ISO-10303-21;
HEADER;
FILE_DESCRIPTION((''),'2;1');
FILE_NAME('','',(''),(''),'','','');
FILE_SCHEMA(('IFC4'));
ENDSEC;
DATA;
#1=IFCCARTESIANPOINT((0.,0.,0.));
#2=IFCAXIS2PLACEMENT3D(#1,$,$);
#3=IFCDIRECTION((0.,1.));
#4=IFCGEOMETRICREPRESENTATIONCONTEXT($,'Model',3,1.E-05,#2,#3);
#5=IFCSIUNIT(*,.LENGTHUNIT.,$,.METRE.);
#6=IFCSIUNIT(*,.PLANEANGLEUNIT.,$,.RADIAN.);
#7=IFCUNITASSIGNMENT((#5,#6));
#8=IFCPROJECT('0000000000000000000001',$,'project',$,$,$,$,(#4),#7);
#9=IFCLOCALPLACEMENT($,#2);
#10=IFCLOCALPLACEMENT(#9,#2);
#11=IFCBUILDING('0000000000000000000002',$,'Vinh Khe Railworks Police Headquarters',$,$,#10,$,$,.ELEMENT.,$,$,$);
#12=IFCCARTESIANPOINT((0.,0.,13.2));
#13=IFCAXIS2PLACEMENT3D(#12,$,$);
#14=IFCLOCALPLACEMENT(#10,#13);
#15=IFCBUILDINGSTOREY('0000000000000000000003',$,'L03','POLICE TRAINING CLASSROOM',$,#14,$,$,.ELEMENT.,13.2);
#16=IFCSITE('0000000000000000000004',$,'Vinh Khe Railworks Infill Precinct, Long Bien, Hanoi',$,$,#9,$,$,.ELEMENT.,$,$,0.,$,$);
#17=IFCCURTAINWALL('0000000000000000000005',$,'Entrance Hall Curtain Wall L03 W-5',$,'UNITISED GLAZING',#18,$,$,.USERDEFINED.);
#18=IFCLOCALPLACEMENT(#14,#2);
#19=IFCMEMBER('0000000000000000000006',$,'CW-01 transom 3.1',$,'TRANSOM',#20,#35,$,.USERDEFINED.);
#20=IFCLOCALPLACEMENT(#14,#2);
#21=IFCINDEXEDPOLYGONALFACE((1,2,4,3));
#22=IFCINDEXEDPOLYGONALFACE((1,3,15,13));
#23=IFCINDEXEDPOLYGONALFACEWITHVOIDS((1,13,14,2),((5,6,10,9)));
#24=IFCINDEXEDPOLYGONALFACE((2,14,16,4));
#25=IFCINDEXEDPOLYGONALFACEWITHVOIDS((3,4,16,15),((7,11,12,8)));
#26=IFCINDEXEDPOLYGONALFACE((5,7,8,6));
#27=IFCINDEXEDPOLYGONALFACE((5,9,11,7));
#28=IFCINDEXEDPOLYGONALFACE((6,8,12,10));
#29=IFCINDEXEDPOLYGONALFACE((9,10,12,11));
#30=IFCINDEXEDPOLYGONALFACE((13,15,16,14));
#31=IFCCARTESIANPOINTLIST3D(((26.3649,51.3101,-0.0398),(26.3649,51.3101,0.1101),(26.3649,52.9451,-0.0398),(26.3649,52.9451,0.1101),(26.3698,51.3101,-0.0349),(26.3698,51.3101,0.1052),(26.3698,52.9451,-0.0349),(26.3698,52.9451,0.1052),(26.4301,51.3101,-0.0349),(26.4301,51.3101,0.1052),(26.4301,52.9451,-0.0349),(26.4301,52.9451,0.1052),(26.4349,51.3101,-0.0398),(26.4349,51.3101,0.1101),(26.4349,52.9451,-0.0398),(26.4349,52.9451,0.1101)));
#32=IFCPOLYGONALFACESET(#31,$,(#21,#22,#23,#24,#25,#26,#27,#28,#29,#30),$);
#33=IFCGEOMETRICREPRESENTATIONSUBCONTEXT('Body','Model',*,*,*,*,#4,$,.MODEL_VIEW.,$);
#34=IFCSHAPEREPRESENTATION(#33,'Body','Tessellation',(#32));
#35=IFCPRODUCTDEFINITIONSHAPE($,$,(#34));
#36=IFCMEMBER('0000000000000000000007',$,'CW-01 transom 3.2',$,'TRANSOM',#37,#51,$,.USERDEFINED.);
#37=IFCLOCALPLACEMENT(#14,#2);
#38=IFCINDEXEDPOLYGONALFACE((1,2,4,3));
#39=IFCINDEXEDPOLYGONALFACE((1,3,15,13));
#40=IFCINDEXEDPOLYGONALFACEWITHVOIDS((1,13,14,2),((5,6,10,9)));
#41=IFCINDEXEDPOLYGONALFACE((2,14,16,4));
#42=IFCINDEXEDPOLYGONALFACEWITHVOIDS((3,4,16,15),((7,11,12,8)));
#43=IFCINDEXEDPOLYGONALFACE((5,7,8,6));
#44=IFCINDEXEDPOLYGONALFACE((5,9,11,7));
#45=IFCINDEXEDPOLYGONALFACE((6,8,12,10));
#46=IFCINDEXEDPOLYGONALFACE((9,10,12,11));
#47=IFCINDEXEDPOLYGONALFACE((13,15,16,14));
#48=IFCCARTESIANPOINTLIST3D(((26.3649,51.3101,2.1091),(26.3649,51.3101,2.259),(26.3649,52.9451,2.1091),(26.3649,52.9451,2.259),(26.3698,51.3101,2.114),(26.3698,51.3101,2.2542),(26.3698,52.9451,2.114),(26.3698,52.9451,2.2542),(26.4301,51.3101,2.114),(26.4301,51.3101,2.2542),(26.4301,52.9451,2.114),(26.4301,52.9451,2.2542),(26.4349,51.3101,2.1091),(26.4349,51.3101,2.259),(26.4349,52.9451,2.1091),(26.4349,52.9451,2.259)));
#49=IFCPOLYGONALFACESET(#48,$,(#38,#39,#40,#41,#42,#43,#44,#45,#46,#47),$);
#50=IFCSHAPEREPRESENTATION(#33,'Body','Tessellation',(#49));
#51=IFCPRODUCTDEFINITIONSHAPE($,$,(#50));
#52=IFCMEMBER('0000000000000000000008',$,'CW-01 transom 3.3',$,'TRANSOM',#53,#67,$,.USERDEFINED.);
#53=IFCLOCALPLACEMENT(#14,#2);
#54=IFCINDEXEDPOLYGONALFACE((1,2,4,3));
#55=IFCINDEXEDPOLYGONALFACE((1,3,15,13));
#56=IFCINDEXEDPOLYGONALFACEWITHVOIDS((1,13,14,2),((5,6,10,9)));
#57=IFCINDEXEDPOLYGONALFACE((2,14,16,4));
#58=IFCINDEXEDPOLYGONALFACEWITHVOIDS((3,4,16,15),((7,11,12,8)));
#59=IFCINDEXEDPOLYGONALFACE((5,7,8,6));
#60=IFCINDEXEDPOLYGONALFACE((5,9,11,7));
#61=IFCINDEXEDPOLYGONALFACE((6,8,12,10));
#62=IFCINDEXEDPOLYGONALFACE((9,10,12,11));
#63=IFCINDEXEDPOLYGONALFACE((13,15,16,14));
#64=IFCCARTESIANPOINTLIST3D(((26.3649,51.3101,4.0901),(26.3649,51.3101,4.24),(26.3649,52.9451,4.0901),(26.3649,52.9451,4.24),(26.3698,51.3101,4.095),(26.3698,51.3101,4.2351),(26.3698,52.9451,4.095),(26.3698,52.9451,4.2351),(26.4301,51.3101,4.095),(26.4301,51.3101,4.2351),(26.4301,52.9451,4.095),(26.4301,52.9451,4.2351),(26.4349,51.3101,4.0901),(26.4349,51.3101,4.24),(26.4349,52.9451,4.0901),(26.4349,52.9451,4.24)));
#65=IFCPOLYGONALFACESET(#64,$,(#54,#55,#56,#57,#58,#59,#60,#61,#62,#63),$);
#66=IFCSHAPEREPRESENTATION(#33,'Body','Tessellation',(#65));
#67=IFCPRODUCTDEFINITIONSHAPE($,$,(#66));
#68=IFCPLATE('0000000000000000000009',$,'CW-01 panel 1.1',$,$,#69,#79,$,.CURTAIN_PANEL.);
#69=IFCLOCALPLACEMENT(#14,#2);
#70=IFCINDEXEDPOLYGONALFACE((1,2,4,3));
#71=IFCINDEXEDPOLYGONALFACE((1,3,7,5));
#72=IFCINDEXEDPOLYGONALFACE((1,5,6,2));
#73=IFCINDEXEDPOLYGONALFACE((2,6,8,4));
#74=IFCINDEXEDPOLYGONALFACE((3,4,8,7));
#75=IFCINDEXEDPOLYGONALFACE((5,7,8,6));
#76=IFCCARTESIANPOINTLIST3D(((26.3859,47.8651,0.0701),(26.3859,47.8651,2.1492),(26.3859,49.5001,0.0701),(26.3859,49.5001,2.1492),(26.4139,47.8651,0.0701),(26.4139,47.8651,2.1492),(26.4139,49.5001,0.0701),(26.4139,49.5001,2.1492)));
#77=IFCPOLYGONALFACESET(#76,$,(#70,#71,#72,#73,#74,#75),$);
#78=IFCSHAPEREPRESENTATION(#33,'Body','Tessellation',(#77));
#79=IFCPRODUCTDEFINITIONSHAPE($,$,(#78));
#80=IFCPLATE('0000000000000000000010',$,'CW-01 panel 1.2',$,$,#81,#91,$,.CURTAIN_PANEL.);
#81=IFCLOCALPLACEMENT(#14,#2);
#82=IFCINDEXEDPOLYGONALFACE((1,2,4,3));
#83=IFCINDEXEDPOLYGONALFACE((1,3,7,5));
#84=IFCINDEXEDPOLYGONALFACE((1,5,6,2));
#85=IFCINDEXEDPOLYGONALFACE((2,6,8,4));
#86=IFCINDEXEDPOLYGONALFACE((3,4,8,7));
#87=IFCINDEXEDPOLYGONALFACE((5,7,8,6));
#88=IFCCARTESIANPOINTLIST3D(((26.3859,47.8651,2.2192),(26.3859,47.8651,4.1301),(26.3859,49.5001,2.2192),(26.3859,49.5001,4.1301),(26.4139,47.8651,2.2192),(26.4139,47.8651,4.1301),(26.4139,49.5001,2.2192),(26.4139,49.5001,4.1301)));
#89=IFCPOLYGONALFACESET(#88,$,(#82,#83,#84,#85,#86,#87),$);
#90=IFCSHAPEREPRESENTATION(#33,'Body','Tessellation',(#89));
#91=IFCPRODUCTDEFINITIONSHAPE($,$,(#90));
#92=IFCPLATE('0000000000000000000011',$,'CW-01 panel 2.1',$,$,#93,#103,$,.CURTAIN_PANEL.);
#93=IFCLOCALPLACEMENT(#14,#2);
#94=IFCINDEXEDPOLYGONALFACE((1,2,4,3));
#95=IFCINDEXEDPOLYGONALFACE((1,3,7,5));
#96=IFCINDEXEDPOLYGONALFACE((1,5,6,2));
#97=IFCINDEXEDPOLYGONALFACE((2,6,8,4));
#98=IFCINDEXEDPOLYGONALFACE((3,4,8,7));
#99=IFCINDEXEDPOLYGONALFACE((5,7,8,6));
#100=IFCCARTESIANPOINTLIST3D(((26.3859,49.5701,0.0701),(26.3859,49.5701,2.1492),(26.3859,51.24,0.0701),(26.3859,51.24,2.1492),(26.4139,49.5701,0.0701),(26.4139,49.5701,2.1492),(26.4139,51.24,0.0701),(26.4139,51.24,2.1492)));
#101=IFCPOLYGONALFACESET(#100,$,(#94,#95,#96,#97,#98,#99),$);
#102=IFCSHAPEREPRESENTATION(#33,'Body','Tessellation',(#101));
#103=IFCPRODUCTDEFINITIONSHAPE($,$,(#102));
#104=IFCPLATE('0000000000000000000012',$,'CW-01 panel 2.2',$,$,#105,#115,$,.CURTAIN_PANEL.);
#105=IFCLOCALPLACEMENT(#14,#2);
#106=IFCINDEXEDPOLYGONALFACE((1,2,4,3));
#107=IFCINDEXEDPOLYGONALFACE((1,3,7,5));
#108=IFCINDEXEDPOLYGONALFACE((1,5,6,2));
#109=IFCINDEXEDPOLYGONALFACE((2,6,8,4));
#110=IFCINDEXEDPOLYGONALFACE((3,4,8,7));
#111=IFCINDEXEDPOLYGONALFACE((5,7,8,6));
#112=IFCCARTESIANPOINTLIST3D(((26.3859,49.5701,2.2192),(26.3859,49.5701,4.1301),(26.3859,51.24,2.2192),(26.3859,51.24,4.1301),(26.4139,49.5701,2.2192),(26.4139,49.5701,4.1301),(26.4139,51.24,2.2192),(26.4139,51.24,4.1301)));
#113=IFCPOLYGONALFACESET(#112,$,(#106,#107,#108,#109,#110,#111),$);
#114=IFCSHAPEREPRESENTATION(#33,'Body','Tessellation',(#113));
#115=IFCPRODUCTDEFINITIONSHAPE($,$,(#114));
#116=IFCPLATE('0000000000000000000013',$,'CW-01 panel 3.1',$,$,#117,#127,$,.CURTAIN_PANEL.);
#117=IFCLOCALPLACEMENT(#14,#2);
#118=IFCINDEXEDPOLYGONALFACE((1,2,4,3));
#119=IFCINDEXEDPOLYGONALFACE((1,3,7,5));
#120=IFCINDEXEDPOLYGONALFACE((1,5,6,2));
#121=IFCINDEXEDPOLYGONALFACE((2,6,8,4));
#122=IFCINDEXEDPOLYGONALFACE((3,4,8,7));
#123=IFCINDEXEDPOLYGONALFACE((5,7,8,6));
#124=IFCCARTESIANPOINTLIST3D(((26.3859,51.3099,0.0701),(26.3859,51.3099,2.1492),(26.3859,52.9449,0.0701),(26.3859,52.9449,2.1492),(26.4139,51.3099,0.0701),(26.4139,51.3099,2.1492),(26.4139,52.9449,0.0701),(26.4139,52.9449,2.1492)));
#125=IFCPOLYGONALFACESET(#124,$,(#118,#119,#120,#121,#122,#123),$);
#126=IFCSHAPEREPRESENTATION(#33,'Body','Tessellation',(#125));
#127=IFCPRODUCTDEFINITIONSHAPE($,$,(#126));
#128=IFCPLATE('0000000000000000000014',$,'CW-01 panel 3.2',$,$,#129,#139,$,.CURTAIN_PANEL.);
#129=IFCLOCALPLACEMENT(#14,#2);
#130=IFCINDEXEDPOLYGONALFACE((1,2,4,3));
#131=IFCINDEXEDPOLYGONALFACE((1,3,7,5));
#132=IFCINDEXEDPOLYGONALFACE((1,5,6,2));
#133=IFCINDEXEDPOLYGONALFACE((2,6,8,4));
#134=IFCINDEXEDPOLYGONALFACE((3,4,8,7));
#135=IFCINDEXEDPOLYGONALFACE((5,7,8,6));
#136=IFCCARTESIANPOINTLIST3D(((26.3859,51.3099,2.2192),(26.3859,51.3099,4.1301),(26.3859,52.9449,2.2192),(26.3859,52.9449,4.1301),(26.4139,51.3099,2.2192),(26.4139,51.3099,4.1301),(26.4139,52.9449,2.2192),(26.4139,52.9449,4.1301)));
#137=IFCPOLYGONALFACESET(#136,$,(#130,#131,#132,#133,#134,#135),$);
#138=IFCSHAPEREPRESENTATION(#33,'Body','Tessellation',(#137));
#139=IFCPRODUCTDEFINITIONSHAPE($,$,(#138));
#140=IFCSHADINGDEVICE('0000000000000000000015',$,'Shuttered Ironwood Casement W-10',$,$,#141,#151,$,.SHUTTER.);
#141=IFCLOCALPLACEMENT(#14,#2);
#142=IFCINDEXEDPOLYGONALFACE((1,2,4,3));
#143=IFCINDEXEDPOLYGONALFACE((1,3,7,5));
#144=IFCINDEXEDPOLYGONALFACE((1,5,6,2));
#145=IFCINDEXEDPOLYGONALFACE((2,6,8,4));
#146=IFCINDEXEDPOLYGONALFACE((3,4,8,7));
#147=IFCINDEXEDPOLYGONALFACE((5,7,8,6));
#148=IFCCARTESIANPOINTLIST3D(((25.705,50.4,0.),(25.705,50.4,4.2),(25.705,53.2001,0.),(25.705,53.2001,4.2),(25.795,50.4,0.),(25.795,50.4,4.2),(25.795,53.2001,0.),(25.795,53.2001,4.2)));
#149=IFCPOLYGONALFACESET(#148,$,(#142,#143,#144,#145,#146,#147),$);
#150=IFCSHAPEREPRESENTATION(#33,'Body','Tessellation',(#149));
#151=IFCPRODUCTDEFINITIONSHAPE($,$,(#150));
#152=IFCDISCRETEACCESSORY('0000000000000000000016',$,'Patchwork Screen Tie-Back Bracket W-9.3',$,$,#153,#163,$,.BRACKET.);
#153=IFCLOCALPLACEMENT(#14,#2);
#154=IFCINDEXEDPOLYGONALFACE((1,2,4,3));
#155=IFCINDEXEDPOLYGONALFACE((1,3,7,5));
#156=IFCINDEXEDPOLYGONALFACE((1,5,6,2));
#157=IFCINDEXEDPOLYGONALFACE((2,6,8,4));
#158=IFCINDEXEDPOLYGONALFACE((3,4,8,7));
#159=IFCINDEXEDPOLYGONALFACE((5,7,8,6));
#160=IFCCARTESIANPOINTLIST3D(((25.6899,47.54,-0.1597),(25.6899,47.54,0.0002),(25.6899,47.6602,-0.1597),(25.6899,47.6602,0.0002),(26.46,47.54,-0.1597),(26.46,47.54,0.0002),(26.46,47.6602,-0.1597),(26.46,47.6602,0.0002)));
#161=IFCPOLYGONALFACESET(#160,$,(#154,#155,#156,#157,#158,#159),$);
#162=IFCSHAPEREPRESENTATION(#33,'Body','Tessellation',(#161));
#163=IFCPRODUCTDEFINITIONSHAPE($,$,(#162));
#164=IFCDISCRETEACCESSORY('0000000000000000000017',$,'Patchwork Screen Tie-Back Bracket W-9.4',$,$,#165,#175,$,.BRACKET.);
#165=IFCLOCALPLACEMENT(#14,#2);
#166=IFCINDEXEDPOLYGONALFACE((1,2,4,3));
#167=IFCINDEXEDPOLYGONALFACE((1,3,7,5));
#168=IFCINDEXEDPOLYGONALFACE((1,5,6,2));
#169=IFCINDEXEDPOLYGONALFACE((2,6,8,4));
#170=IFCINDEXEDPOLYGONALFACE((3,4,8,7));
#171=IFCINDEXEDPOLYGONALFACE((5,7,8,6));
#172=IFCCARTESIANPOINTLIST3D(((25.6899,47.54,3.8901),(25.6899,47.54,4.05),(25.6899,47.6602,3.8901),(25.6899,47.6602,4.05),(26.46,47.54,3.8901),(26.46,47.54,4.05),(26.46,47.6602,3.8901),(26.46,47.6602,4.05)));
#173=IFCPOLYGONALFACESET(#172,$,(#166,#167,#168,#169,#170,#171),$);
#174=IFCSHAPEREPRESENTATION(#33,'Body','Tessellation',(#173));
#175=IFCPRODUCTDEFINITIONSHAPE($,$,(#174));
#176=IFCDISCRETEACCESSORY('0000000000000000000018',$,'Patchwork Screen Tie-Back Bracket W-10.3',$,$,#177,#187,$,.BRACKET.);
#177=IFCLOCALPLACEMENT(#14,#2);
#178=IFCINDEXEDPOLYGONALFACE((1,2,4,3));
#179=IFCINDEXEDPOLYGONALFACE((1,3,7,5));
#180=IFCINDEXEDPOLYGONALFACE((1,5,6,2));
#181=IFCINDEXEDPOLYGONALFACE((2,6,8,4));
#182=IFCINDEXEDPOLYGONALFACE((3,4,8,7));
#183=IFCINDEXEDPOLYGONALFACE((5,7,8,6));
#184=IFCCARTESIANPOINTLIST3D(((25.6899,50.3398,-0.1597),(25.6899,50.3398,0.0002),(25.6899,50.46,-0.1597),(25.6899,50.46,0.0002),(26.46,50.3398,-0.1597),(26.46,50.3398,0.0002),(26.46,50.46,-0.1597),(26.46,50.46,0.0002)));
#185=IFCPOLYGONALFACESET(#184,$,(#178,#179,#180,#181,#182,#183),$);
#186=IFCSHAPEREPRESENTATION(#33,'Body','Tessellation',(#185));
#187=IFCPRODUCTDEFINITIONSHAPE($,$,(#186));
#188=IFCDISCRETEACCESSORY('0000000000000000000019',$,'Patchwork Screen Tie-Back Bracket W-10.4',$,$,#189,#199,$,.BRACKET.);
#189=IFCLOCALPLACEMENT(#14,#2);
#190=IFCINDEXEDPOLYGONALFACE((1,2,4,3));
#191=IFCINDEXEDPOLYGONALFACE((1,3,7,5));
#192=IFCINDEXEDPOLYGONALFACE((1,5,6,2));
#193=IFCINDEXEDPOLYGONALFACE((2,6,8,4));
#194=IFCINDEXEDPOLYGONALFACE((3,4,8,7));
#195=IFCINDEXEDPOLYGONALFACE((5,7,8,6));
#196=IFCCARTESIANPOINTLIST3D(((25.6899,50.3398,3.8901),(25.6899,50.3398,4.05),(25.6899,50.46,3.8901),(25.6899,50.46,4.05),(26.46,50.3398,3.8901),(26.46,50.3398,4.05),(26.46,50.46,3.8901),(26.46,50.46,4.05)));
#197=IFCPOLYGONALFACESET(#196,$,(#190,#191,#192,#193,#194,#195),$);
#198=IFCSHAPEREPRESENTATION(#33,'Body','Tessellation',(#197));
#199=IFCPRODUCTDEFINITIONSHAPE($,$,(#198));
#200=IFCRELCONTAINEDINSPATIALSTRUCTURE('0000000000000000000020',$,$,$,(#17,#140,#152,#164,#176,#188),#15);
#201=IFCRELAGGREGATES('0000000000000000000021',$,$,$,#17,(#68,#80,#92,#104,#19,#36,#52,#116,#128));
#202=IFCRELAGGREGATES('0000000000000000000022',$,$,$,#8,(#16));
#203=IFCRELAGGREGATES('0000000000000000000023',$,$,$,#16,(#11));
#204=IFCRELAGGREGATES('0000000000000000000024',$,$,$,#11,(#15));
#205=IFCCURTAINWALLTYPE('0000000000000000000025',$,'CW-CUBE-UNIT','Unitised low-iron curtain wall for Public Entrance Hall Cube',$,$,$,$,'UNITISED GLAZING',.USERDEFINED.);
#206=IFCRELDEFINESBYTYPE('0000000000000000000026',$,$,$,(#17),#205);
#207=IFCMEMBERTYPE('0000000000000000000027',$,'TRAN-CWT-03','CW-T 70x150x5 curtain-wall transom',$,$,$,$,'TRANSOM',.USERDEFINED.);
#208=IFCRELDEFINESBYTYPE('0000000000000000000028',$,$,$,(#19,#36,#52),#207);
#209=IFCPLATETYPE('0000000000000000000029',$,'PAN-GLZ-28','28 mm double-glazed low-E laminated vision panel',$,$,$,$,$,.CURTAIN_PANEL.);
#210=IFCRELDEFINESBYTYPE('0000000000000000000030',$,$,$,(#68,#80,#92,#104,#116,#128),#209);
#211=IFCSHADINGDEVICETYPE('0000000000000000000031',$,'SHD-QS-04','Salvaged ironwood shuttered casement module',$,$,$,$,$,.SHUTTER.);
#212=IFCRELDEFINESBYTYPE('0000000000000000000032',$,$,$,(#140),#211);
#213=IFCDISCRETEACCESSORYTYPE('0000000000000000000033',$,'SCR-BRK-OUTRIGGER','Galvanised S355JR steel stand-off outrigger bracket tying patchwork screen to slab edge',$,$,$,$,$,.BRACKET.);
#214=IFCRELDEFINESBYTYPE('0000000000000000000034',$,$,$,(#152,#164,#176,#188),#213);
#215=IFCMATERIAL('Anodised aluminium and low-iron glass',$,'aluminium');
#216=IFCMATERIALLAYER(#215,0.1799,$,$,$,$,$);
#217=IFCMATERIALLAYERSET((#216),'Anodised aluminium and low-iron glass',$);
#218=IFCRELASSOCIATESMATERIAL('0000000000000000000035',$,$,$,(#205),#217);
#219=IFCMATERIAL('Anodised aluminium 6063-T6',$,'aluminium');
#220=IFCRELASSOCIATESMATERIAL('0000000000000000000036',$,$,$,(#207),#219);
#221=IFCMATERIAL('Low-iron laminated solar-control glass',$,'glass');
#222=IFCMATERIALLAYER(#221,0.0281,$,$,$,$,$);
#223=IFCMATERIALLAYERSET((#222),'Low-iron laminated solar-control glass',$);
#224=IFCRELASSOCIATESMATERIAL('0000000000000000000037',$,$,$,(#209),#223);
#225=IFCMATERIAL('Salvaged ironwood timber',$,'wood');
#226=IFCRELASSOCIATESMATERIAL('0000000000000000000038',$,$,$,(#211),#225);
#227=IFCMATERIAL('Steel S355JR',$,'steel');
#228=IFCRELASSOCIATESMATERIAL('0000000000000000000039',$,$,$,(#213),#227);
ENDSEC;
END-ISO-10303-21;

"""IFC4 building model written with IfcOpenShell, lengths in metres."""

from ifc_helpers import new_model, si_unit, direction, frame, origin, origin_2d, place, context, subcontext, project, spatial, rectangle, hollow_rectangle, extrude, material, layer, layer_set, material_profile, profile_set, type_object, element, aggregate, save


model = new_model("IFC4")

# Units and contexts
model_context = context("Model", 3, precision=1e-05, world=origin(), true_north=direction((0.0, 1.0)))
body_context = subcontext(model_context, "Body", "Model", "MODEL_VIEW")
ifc_project = project(units=[si_unit("LENGTHUNIT", "METRE"), si_unit("PLANEANGLEUNIT", "RADIAN")], contexts=[model_context])

# Site, building, storey
site_placement = place(None, origin())
site = spatial("IfcSite", under=ifc_project, at=site_placement, Name="Vinh Khe Railworks Infill Precinct, Long Bien, Hanoi", CompositionType="ELEMENT", RefElevation=0.0)
building_placement = place(site_placement, origin())
building = spatial("IfcBuilding", under=site, at=building_placement, Name="Vinh Khe Railworks Police Headquarters", CompositionType="ELEMENT")
storey_placement = place(building_placement, frame((0.0, 0.0, 13.2)))
storey = spatial("IfcBuildingStorey", under=building, at=storey_placement, Name="L03", Description="POLICE TRAINING CLASSROOM", CompositionType="ELEMENT", Elevation=13.2)

# Shared definitions
ifc_material_1 = material(Name="Steel S355JR", Category="steel")

# Shared definitions
ifc_material_2 = material(Name="Salvaged ironwood timber", Category="wood")

# Curtain wall
ifc_material_3 = material(Name="Anodised aluminium and low-iron glass", Category="aluminium")
ifc_layer_1 = layer(ifc_material_3, 0.1799)
ifc_layer_set_1 = layer_set([ifc_layer_1], Name="Anodised aluminium and low-iron glass")
curtain_wall_type = type_object("IfcCurtainWallType", Name="CW-CUBE-UNIT", Description="Unitised low-iron curtain wall for Public Entrance Hall Cube", ElementType="UNITISED GLAZING", PredefinedType="USERDEFINED", material=ifc_layer_set_1)
curtain_wall_placement = place(storey_placement, origin())
curtain_wall = element("IfcCurtainWall", 1, at=curtain_wall_placement, inside=storey, type_object=curtain_wall_type, Name="Entrance Hall Curtain Wall L03 W-5", ObjectType="UNITISED GLAZING", PredefinedType="USERDEFINED")
ifc_material_4 = material(Name="Anodised aluminium 6063-T6", Category="aluminium")

# Members
ifc_material_profile_1 = material_profile(ifc_material_4, hollow_rectangle(XDim=0.0701, YDim=0.1499, WallThickness=0.0049, at=origin_2d()), Name="CW-T 70x150x5")
ifc_profile_set_1 = profile_set([ifc_material_profile_1], Name="Anodised aluminium 6063-T6")
member_type_1 = type_object("IfcMemberType", Name="TRAN-CWT-03", Description="CW-T 70x150x5 curtain-wall transom", ElementType="TRANSOM", PredefinedType="USERDEFINED", material=ifc_profile_set_1)
member_1_placement = place(storey_placement, frame((26.3999, 51.3101, 0.0352), z_axis=(0.0, 1.0, 0.0), x_axis=(-1.0, 0.0, 0.0)))
member_1 = element("IfcMember", 2, at=member_1_placement, type_object=member_type_1, Name="CW-01 transom 3.1", ObjectType="TRANSOM", PredefinedType="USERDEFINED", context=body_context, shape_type="SweptSolid", body=[
    extrude(hollow_rectangle(XDim=0.0701, YDim=0.1499, WallThickness=0.0049, at=origin_2d()), origin(), (0.0, 0.0, 1.0), 1.635),
])
member_2_placement = place(storey_placement, frame((26.3999, 51.3101, 2.1841), z_axis=(0.0, 1.0, 0.0), x_axis=(-1.0, 0.0, 0.0)))
member_2 = element("IfcMember", 3, at=member_2_placement, type_object=member_type_1, Name="CW-01 transom 3.2", ObjectType="TRANSOM", PredefinedType="USERDEFINED", context=body_context, shape_type="SweptSolid", body=[
    extrude(hollow_rectangle(XDim=0.0701, YDim=0.1499, WallThickness=0.0049, at=origin_2d()), origin(), (0.0, 0.0, 1.0), 1.635),
])
member_3_placement = place(storey_placement, frame((26.3999, 51.3101, 4.165), z_axis=(0.0, 1.0, 0.0), x_axis=(-1.0, 0.0, 0.0)))
member_3 = element("IfcMember", 4, at=member_3_placement, type_object=member_type_1, Name="CW-01 transom 3.3", ObjectType="TRANSOM", PredefinedType="USERDEFINED", context=body_context, shape_type="SweptSolid", body=[
    extrude(hollow_rectangle(XDim=0.0701, YDim=0.1499, WallThickness=0.0049, at=origin_2d()), origin(), (0.0, 0.0, 1.0), 1.635),
])

# Plates
ifc_material_5 = material(Name="Low-iron laminated solar-control glass", Category="glass")
ifc_layer_2 = layer(ifc_material_5, 0.0281)
ifc_layer_set_2 = layer_set([ifc_layer_2], Name="Low-iron laminated solar-control glass")
plate_type = type_object("IfcPlateType", Name="PAN-GLZ-28", Description="28 mm double-glazed low-E laminated vision panel", PredefinedType="CURTAIN_PANEL", material=ifc_layer_set_2)
plate_1_placement = place(storey_placement, frame((26.3999, 48.6826, 0.0701), z_axis=(0.0, 0.0, 1.0), x_axis=(0.0, 1.0, 0.0)))
plate_1 = element("IfcPlate", 5, at=plate_1_placement, type_object=plate_type, Name="CW-01 panel 1.1", PredefinedType="CURTAIN_PANEL", context=body_context, shape_type="SweptSolid", body=[
    extrude(rectangle(XDim=1.635, YDim=0.0281, at=origin_2d()), origin(), (0.0, 0.0, 1.0), 2.0791),
])
plate_2_placement = place(storey_placement, frame((26.3999, 48.6826, 2.2192), z_axis=(0.0, 0.0, 1.0), x_axis=(0.0, 1.0, 0.0)))
plate_2 = element("IfcPlate", 6, at=plate_2_placement, type_object=plate_type, Name="CW-01 panel 1.2", PredefinedType="CURTAIN_PANEL", context=body_context, shape_type="SweptSolid", body=[
    extrude(rectangle(XDim=1.635, YDim=0.0281, at=origin_2d()), origin(), (0.0, 0.0, 1.0), 1.9109),
])
plate_3_placement = place(storey_placement, frame((26.3999, 50.405, 0.0701), z_axis=(0.0, 0.0, 1.0), x_axis=(0.0, 1.0, 0.0)))
plate_3 = element("IfcPlate", 7, at=plate_3_placement, type_object=plate_type, Name="CW-01 panel 2.1", PredefinedType="CURTAIN_PANEL", context=body_context, shape_type="SweptSolid", body=[
    extrude(rectangle(XDim=1.6699, YDim=0.0281, at=origin_2d()), origin(), (0.0, 0.0, 1.0), 2.0791),
])
plate_4_placement = place(storey_placement, frame((26.3999, 50.405, 2.2192), z_axis=(0.0, 0.0, 1.0), x_axis=(0.0, 1.0, 0.0)))
plate_4 = element("IfcPlate", 8, at=plate_4_placement, type_object=plate_type, Name="CW-01 panel 2.2", PredefinedType="CURTAIN_PANEL", context=body_context, shape_type="SweptSolid", body=[
    extrude(rectangle(XDim=1.6699, YDim=0.0281, at=origin_2d()), origin(), (0.0, 0.0, 1.0), 1.9109),
])
plate_5_placement = place(storey_placement, frame((26.3999, 52.1274, 0.0701), z_axis=(0.0, 0.0, 1.0), x_axis=(0.0, 1.0, 0.0)))
plate_5 = element("IfcPlate", 9, at=plate_5_placement, type_object=plate_type, Name="CW-01 panel 3.1", PredefinedType="CURTAIN_PANEL", context=body_context, shape_type="SweptSolid", body=[
    extrude(rectangle(XDim=1.635, YDim=0.0281, at=origin_2d()), origin(), (0.0, 0.0, 1.0), 2.0791),
])
plate_6_placement = place(storey_placement, frame((26.3999, 52.1274, 2.2192), z_axis=(0.0, 0.0, 1.0), x_axis=(0.0, 1.0, 0.0)))
plate_6 = element("IfcPlate", 10, at=plate_6_placement, type_object=plate_type, Name="CW-01 panel 3.2", PredefinedType="CURTAIN_PANEL", context=body_context, shape_type="SweptSolid", body=[
    extrude(rectangle(XDim=1.635, YDim=0.0281, at=origin_2d()), origin(), (0.0, 0.0, 1.0), 1.9109),
])
aggregate(curtain_wall, [plate_1, plate_2, plate_3, plate_4, member_1, member_2, member_3, plate_5, plate_6])

# Shading device
shading_device_type = type_object("IfcShadingDeviceType", Name="SHD-QS-04", Description="Salvaged ironwood shuttered casement module", PredefinedType="SHUTTER", material=ifc_material_2)
shading_device_placement = place(storey_placement, frame((25.75, 51.8, 0.0), z_axis=(0.0, 0.0, 1.0), x_axis=(0.0, 1.0, 0.0)))
element("IfcShadingDevice", 11, at=shading_device_placement, inside=storey, type_object=shading_device_type, Name="Shuttered Ironwood Casement W-10", PredefinedType="SHUTTER", context=body_context, shape_type="SweptSolid", body=[
    extrude(rectangle(XDim=2.8, YDim=0.0901, at=origin_2d()), origin(), (0.0, 0.0, 1.0), 4.2),
])

# Discrete accessories
discrete_accessory_type_1 = type_object("IfcDiscreteAccessoryType", Name="SCR-BRK-OUTRIGGER", Description="Galvanised S355JR steel stand-off outrigger bracket tying patchwork screen to slab edge", PredefinedType="BRACKET", material=ifc_material_1)
for number, where, z_axis, x_axis, name in (
    (12, (26.075, 47.6001, -0.1597), (0.0, 0.0, 1.0), (1.0, 0.0, 0.0), "Patchwork Screen Tie-Back Bracket W-9.3"),
    (13, (26.075, 47.6001, 3.8901), (0.0, 0.0, 1.0), (1.0, 0.0, 0.0), "Patchwork Screen Tie-Back Bracket W-9.4"),
    (14, (26.075, 50.3999, -0.1597), (0.0, 0.0, 1.0), (1.0, 0.0, 0.0), "Patchwork Screen Tie-Back Bracket W-10.3"),
    (15, (26.075, 50.3999, 3.8901), (0.0, 0.0, 1.0), (1.0, 0.0, 0.0), "Patchwork Screen Tie-Back Bracket W-10.4"),
):
    element("IfcDiscreteAccessory", number, at=place(storey_placement, frame(where, z_axis=z_axis, x_axis=x_axis)), inside=storey, type_object=discrete_accessory_type_1, Name=name, PredefinedType="BRACKET", context=body_context, shape_type="SweptSolid", body=[
        extrude(rectangle(XDim=0.77, YDim=0.1201, at=origin_2d()), origin(), (0.0, 0.0, 1.0), 0.1599),
    ])

save(model, "model.ifc")
